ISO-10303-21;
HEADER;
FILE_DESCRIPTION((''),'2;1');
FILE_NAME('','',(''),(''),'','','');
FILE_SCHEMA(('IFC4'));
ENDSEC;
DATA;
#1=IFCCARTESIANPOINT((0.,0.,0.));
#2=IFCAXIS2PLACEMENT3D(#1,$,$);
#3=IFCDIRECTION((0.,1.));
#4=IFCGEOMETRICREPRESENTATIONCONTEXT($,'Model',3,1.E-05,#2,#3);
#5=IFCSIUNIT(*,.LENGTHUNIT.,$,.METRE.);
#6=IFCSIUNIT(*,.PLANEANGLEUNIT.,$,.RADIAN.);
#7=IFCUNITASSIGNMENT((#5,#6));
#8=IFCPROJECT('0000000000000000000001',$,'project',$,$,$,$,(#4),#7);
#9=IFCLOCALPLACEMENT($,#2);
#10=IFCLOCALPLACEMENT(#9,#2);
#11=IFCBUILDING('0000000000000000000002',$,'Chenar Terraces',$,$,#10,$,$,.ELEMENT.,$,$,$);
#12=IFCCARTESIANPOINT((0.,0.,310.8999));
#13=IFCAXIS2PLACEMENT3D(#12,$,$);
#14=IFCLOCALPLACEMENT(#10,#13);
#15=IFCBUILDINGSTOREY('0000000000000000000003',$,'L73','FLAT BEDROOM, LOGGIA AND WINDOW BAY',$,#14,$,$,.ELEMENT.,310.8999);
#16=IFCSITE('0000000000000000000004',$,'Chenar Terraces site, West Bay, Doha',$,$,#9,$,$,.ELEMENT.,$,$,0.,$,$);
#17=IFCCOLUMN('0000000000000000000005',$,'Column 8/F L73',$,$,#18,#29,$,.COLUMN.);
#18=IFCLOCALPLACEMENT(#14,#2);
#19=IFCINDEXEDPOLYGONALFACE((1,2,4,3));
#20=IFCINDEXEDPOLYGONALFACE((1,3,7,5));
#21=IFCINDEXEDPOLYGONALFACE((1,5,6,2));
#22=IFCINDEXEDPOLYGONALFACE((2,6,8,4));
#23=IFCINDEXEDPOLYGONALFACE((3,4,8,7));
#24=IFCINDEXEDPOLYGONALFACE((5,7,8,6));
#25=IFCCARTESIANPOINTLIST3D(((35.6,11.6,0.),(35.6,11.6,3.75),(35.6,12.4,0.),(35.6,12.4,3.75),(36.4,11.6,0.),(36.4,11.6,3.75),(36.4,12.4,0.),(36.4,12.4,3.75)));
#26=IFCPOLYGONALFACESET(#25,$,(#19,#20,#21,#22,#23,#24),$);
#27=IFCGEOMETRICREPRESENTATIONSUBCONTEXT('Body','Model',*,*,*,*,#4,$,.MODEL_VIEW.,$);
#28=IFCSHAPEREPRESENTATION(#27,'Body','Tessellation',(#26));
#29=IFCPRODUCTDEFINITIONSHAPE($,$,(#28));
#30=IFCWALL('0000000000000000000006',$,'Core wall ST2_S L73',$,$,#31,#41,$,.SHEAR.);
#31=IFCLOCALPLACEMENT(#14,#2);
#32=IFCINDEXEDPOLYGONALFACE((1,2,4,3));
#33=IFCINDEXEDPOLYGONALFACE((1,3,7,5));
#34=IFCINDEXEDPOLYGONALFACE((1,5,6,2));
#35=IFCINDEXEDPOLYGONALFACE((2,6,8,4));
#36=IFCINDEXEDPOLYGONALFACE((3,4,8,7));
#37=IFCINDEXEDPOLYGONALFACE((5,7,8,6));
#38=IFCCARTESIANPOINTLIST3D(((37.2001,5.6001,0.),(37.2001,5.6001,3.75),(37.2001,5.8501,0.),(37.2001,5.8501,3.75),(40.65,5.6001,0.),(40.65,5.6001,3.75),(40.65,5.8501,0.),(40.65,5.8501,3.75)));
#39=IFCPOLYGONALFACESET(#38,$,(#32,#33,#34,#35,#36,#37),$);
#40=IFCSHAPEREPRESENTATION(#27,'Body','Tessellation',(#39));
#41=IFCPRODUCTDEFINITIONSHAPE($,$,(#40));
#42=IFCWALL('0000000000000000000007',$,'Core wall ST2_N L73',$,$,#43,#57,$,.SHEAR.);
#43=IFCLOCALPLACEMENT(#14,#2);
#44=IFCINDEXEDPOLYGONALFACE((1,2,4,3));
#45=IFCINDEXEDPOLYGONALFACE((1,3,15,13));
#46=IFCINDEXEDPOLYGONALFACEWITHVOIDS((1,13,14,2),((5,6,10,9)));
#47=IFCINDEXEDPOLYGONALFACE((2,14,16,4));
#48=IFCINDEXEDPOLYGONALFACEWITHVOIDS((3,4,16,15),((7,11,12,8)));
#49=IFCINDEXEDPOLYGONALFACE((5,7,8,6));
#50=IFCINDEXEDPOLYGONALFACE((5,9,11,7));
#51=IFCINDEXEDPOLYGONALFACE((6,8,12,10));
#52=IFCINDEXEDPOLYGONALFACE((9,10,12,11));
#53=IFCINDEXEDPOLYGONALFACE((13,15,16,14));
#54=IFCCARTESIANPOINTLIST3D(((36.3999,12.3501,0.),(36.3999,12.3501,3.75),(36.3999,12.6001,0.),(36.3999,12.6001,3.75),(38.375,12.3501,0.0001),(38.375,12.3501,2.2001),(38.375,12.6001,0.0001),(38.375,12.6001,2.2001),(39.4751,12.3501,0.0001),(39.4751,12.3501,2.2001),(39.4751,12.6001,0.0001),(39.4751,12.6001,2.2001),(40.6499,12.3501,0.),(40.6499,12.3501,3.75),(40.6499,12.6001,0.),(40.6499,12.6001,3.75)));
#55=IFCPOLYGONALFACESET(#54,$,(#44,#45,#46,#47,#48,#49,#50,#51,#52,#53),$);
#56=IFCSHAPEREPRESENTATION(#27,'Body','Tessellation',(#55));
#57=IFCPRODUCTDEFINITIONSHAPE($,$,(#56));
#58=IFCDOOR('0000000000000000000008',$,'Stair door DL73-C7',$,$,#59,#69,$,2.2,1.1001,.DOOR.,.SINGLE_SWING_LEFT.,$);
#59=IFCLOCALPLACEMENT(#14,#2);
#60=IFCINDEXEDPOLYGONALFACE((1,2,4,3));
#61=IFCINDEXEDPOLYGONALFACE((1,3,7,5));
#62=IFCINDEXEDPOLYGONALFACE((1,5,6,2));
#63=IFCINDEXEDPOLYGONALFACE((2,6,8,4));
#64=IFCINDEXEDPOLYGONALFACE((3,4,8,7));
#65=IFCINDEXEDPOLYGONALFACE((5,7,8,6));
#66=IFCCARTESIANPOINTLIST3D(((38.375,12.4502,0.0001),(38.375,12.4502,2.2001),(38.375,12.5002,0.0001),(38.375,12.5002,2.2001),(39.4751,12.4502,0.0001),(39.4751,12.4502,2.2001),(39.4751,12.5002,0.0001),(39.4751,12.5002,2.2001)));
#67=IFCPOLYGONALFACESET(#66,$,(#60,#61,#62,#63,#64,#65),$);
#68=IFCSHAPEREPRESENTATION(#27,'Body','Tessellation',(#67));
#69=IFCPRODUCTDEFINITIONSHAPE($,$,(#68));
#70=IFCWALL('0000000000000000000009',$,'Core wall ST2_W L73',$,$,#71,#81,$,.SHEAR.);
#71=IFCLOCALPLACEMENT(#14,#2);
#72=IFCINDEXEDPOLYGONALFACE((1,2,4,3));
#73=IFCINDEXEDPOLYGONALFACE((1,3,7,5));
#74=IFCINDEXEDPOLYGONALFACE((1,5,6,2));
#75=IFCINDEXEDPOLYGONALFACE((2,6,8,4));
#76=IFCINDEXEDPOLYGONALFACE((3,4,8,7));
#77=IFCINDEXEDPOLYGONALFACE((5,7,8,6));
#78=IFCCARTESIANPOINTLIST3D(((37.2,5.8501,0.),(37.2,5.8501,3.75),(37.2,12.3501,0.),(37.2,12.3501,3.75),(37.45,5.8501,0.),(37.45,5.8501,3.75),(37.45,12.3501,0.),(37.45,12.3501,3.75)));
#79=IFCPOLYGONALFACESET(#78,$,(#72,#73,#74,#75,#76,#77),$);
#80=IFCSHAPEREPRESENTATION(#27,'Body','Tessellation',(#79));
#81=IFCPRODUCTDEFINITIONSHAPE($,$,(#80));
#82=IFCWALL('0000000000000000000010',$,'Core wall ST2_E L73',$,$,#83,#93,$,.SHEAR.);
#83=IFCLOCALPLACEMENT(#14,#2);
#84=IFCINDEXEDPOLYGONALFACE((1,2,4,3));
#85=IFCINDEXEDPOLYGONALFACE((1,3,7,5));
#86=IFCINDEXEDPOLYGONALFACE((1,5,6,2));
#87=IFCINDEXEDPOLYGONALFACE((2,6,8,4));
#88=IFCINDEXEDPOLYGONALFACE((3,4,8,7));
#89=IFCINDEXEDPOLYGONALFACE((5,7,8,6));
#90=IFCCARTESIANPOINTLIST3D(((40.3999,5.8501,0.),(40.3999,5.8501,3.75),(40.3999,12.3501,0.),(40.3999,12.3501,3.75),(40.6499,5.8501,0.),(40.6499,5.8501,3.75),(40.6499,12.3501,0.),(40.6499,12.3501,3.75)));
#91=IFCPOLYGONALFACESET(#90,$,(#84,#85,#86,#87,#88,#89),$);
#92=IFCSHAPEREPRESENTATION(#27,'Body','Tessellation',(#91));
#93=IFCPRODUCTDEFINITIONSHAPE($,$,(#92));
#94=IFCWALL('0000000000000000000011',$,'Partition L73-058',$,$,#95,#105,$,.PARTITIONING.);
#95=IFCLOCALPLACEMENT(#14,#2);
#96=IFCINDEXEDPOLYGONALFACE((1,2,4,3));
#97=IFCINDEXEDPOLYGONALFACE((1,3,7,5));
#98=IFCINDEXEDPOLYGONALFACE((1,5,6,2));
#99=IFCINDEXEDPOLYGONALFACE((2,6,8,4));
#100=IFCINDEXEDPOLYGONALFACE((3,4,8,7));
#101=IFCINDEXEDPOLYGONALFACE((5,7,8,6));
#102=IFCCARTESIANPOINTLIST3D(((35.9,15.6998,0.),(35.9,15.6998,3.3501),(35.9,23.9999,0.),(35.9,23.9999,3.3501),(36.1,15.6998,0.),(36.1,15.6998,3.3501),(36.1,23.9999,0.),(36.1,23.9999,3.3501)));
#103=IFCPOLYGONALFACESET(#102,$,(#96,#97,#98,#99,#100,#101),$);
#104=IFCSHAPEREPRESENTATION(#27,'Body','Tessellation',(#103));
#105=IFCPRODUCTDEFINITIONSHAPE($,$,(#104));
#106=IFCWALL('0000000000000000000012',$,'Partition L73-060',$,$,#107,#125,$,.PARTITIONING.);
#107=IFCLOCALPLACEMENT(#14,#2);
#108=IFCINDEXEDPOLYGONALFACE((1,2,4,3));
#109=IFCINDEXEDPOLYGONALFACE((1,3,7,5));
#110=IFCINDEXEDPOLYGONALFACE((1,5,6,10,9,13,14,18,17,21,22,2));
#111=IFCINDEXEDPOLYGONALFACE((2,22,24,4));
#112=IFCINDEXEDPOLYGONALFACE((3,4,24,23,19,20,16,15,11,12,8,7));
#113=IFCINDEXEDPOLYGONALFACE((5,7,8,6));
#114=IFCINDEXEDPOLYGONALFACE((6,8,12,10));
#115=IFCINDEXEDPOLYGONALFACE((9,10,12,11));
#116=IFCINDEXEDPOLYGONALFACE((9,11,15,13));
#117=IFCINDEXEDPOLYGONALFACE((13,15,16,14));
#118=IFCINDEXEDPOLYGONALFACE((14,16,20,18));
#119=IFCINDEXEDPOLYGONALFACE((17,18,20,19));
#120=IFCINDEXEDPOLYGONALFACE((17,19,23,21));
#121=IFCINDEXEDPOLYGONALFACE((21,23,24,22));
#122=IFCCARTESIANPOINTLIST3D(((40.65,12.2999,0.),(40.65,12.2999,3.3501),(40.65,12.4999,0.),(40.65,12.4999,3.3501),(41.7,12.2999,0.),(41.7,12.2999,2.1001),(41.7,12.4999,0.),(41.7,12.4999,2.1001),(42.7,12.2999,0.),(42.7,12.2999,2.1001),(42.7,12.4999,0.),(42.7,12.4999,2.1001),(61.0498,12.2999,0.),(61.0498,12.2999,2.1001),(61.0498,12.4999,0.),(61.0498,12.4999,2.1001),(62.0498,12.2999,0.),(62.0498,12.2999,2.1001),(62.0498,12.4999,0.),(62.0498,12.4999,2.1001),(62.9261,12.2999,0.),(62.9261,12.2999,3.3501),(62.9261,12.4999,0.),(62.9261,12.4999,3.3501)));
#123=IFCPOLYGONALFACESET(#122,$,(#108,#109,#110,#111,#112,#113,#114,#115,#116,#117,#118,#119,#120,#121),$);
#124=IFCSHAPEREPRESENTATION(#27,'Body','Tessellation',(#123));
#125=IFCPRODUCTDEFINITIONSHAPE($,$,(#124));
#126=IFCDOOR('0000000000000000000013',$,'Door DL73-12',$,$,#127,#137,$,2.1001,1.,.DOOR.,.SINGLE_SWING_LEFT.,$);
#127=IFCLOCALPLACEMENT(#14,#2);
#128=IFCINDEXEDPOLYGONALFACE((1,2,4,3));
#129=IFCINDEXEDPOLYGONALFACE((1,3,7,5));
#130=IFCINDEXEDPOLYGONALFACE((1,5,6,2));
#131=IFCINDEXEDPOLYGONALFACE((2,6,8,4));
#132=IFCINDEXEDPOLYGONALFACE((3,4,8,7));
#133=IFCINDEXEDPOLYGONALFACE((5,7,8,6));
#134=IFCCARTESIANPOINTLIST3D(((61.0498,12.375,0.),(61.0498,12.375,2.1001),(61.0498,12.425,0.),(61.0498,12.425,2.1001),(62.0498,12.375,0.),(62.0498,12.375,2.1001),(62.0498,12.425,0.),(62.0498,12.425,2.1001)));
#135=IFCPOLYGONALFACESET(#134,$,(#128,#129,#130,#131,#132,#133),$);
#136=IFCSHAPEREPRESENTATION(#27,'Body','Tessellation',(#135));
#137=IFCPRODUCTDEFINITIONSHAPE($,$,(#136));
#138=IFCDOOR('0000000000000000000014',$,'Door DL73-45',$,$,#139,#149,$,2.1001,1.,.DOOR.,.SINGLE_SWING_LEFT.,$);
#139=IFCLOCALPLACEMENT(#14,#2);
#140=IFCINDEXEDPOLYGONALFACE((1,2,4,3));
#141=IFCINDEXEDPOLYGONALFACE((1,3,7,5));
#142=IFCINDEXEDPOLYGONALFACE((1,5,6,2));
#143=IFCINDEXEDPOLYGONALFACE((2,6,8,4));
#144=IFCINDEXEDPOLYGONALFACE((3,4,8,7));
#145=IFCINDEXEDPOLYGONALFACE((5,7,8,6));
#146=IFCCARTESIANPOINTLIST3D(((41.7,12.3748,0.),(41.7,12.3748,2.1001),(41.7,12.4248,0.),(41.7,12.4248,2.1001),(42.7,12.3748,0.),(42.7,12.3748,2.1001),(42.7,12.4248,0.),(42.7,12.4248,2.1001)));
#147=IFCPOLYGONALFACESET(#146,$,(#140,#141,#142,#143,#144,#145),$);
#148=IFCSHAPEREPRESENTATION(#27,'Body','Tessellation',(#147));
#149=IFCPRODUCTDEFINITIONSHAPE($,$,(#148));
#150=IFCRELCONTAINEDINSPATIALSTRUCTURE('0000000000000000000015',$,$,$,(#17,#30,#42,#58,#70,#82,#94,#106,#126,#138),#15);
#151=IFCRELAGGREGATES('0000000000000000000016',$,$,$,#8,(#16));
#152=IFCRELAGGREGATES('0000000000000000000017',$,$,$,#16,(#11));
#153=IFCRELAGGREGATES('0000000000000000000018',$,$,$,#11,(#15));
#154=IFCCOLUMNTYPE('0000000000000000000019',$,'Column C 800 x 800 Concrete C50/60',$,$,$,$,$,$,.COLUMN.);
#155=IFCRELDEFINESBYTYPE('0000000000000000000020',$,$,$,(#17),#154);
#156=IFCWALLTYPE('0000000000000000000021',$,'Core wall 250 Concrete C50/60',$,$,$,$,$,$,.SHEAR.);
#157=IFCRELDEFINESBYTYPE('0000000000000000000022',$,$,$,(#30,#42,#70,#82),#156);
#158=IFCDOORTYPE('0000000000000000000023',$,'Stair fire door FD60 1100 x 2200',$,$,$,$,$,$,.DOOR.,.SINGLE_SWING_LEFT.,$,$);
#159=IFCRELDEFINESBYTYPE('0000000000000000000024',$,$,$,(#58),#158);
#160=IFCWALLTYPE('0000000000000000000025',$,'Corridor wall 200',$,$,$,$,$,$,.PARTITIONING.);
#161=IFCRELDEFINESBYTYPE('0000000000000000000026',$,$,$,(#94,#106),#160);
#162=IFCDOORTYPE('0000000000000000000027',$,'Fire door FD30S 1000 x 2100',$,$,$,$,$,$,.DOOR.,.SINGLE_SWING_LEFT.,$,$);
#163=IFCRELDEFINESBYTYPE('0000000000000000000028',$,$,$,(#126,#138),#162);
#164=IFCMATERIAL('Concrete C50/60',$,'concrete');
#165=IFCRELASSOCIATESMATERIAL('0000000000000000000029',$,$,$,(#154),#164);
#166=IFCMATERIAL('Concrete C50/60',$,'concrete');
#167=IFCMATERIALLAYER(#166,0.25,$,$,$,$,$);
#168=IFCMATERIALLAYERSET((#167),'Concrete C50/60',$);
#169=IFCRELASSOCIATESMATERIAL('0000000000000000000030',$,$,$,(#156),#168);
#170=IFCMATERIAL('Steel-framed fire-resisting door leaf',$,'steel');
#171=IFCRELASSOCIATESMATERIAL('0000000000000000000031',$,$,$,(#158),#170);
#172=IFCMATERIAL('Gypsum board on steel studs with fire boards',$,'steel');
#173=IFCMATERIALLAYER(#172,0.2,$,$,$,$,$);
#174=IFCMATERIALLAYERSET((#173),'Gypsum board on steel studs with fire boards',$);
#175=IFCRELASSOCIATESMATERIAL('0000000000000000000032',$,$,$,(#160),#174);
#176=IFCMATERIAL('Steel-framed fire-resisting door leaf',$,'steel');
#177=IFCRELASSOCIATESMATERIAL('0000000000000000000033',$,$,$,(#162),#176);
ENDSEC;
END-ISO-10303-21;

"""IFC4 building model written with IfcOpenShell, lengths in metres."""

from ifc_helpers import new_model, si_unit, direction, frame, frame_2d, origin, origin_2d, place, context, subcontext, project, spatial, rectangle, extrude, material, layer, layer_set, material_profile, profile_set, type_object, element, fill, save


model = new_model("IFC4")

# Units and contexts
model_context = context("Model", 3, precision=1e-05, world=origin(), true_north=direction((0.0, 1.0)))
body_context = subcontext(model_context, "Body", "Model", "MODEL_VIEW")
ifc_project = project(units=[si_unit("LENGTHUNIT", "METRE"), si_unit("PLANEANGLEUNIT", "RADIAN")], contexts=[model_context])

# Site, building, storey
site_placement = place(None, origin())
site = spatial("IfcSite", under=ifc_project, at=site_placement, Name="Chenar Terraces site, West Bay, Doha", CompositionType="ELEMENT", RefElevation=0.0)
building_placement = place(site_placement, origin())
building = spatial("IfcBuilding", under=site, at=building_placement, Name="Chenar Terraces", CompositionType="ELEMENT")
storey_placement = place(building_placement, frame((0.0, 0.0, 310.8999)))
storey = spatial("IfcBuildingStorey", under=building, at=storey_placement, Name="L73", Description="FLAT BEDROOM, LOGGIA AND WINDOW BAY", CompositionType="ELEMENT", Elevation=310.8999)

# Column
ifc_material_1 = material(Name="Concrete C50/60", Category="concrete")
ifc_material_profile = material_profile(ifc_material_1, rectangle(XDim=0.8, YDim=0.8, at=origin_2d()), Name="C 800 x 800")
ifc_profile_set = profile_set([ifc_material_profile], Name="Concrete C50/60")
column_type = type_object("IfcColumnType", Name="Column C 800 x 800 Concrete C50/60", PredefinedType="COLUMN", material=ifc_profile_set)
column_placement = place(storey_placement, frame((36.0, 12.0, 0.0), z_axis=(0.0, 0.0, 1.0), x_axis=(1.0, 0.0, 0.0)))
element("IfcColumn", 1, at=column_placement, inside=storey, type_object=column_type, Name="Column 8/F L73", PredefinedType="COLUMN", context=body_context, shape_type="SweptSolid", body=[
    extrude(rectangle(XDim=0.8, YDim=0.8, at=origin_2d()), origin(), (0.0, 0.0, 1.0), 3.75),
])

# Wall
ifc_material_2 = material(Name="Concrete C50/60", Category="concrete")
ifc_layer_1 = layer(ifc_material_2, 0.25)
ifc_layer_set_1 = layer_set([ifc_layer_1], Name="Concrete C50/60")
wall_type_1 = type_object("IfcWallType", Name="Core wall 250 Concrete C50/60", PredefinedType="SHEAR", material=ifc_layer_set_1)
wall_1_placement = place(storey_placement, frame((37.2, 5.7251, 0.0), z_axis=(0.0, 0.0, 1.0), x_axis=(1.0, 0.0, 0.0)))
element("IfcWall", 2, at=wall_1_placement, inside=storey, type_object=wall_type_1, Name="Core wall ST2_S L73", PredefinedType="SHEAR", context=body_context, shape_type="SweptSolid", body=[
    extrude(rectangle(XDim=3.45, YDim=0.25, at=frame_2d((1.7251, 0.0))), origin(), (0.0, 0.0, 1.0), 3.75),
])

# Wall, opening, door
wall_2_placement = place(storey_placement, frame((36.3999, 12.4751, 0.0), z_axis=(0.0, 0.0, 1.0), x_axis=(1.0, 0.0, 0.0)))
wall_2 = element("IfcWall", 3, at=wall_2_placement, inside=storey, type_object=wall_type_1, Name="Core wall ST2_N L73", PredefinedType="SHEAR", context=body_context, shape_type="SweptSolid", body=[
    extrude(rectangle(XDim=4.25, YDim=0.25, at=frame_2d((2.125, 0.0))), origin(), (0.0, 0.0, 1.0), 3.75),
])
opening_1_placement = place(wall_2_placement, frame((1.9751, 0.0, 0.0)))
opening_1 = element("IfcOpeningElement", 4, at=opening_1_placement, cuts=wall_2, PredefinedType="OPENING", context=body_context, shape_type="SweptSolid", body=[
    extrude(rectangle(XDim=1.1001, YDim=2.2, at=frame_2d((0.55, 1.1001))), frame((0.0, 0.135, 0.0), z_axis=(0.0, -1.0, 0.0), x_axis=(1.0, 0.0, 0.0)), (0.0, 0.0, 1.0), 0.27),
])
ifc_material_3 = material(Name="Steel-framed fire-resisting door leaf", Category="steel")
door_type_1 = type_object("IfcDoorType", Name="Stair fire door FD60 1100 x 2200", OperationType="SINGLE_SWING_LEFT", PredefinedType="DOOR", material=ifc_material_3)
door_1_placement = place(opening_1_placement, frame((1.1001, 0.0, 0.0), z_axis=(0.0, 0.0, 1.0), x_axis=(-1.0, 0.0, 0.0)))
door_1 = element("IfcDoor", 5, at=door_1_placement, inside=storey, type_object=door_type_1, Name="Stair door DL73-C7", OperationType="SINGLE_SWING_LEFT", OverallHeight=2.2, OverallWidth=1.1001, PredefinedType="DOOR", context=body_context, shape_type="SweptSolid", body=[
    extrude(rectangle(XDim=1.1001, YDim=2.2, at=frame_2d((0.55, 1.1001))), frame((0.0, 0.0249, 0.0), z_axis=(0.0, -1.0, 0.0), x_axis=(1.0, 0.0, 0.0)), (0.0, 0.0, 1.0), 0.05),
])
fill(opening_1, door_1)

# Walls
for number, where, z_axis, x_axis, name in (
    (6, (37.325, 5.8501, 0.0), (0.0, 0.0, 1.0), (0.0, 1.0, 0.0), "Core wall ST2_W L73"),
    (7, (40.5249, 5.8501, 0.0), (0.0, 0.0, 1.0), (0.0, 1.0, 0.0), "Core wall ST2_E L73"),
):
    element("IfcWall", number, at=place(storey_placement, frame(where, z_axis=z_axis, x_axis=x_axis)), inside=storey, type_object=wall_type_1, Name=name, PredefinedType="SHEAR", context=body_context, shape_type="SweptSolid", body=[
        extrude(rectangle(XDim=6.5, YDim=0.25, at=frame_2d((3.25, 0.0))), origin(), (0.0, 0.0, 1.0), 3.75),
    ])
ifc_material_4 = material(Name="Gypsum board on steel studs with fire boards", Category="steel")
ifc_layer_2 = layer(ifc_material_4, 0.2)
ifc_layer_set_2 = layer_set([ifc_layer_2], Name="Gypsum board on steel studs with fire boards")
wall_type_2 = type_object("IfcWallType", Name="Corridor wall 200", PredefinedType="PARTITIONING", material=ifc_layer_set_2)
wall_3_placement = place(storey_placement, frame((36.0, 15.7, 0.0), z_axis=(0.0, 0.0, 1.0), x_axis=(0.0, 1.0, 0.0)))
element("IfcWall", 8, at=wall_3_placement, inside=storey, type_object=wall_type_2, Name="Partition L73-058", PredefinedType="PARTITIONING", context=body_context, shape_type="SweptSolid", body=[
    extrude(rectangle(XDim=8.3, YDim=0.2, at=frame_2d((4.1499, 0.0))), origin(), (0.0, 0.0, 1.0), 3.3501),
])

# Wall, openings, doors
wall_4_placement = place(storey_placement, frame((40.6499, 12.3999, 0.0), z_axis=(0.0, 0.0, 1.0), x_axis=(1.0, 0.0, 0.0)))
wall_4 = element("IfcWall", 9, at=wall_4_placement, inside=storey, type_object=wall_type_2, Name="Partition L73-060", PredefinedType="PARTITIONING", context=body_context, shape_type="SweptSolid", body=[
    extrude(rectangle(XDim=22.2761, YDim=0.2, at=frame_2d((11.1382, 0.0))), origin(), (0.0, 0.0, 1.0), 3.3501),
])
opening_2_placement = place(wall_4_placement, frame((20.3999, 0.0, 0.0)))
opening_2 = element("IfcOpeningElement", 10, at=opening_2_placement, cuts=wall_4, PredefinedType="OPENING", context=body_context, shape_type="SweptSolid", body=[
    extrude(rectangle(XDim=1.0, YDim=2.1001, at=frame_2d((0.5, 1.05))), frame((0.0, 0.1099, 0.0), z_axis=(0.0, -1.0, 0.0), x_axis=(1.0, 0.0, 0.0)), (0.0, 0.0, 1.0), 0.22),
])
opening_3_placement = place(wall_4_placement, frame((1.05, 0.0, 0.0)))
opening_3 = element("IfcOpeningElement", 11, at=opening_3_placement, cuts=wall_4, PredefinedType="OPENING", context=body_context, shape_type="SweptSolid", body=[
    extrude(rectangle(XDim=1.0, YDim=2.1001, at=frame_2d((0.5, 1.05))), frame((0.0, 0.1099, 0.0), z_axis=(0.0, -1.0, 0.0), x_axis=(1.0, 0.0, 0.0)), (0.0, 0.0, 1.0), 0.22),
])
ifc_material_5 = material(Name="Steel-framed fire-resisting door leaf", Category="steel")
door_type_2 = type_object("IfcDoorType", Name="Fire door FD30S 1000 x 2100", OperationType="SINGLE_SWING_LEFT", PredefinedType="DOOR", material=ifc_material_5)
door_2_placement = place(opening_2_placement, frame((1.0, 0.0, 0.0), z_axis=(0.0, 0.0, 1.0), x_axis=(-1.0, 0.0, 0.0)))
door_2 = element("IfcDoor", 12, at=door_2_placement, inside=storey, type_object=door_type_2, Name="Door DL73-12", OperationType="SINGLE_SWING_LEFT", OverallHeight=2.1001, OverallWidth=1.0, PredefinedType="DOOR", context=body_context, shape_type="SweptSolid", body=[
    extrude(rectangle(XDim=1.0, YDim=2.1001, at=frame_2d((0.5, 1.05))), frame((0.0, 0.0249, 0.0), z_axis=(0.0, -1.0, 0.0), x_axis=(1.0, 0.0, 0.0)), (0.0, 0.0, 1.0), 0.05),
])
fill(opening_2, door_2)
door_3_placement = place(opening_3_placement, origin())
door_3 = element("IfcDoor", 13, at=door_3_placement, inside=storey, type_object=door_type_2, Name="Door DL73-45", OperationType="SINGLE_SWING_LEFT", OverallHeight=2.1001, OverallWidth=1.0, PredefinedType="DOOR", context=body_context, shape_type="SweptSolid", body=[
    extrude(rectangle(XDim=1.0, YDim=2.1001, at=frame_2d((0.5, 1.05))), frame((0.0, 0.0249, 0.0), z_axis=(0.0, -1.0, 0.0), x_axis=(1.0, 0.0, 0.0)), (0.0, 0.0, 1.0), 0.05),
])
fill(opening_3, door_3)

save(model, "model.ifc")
